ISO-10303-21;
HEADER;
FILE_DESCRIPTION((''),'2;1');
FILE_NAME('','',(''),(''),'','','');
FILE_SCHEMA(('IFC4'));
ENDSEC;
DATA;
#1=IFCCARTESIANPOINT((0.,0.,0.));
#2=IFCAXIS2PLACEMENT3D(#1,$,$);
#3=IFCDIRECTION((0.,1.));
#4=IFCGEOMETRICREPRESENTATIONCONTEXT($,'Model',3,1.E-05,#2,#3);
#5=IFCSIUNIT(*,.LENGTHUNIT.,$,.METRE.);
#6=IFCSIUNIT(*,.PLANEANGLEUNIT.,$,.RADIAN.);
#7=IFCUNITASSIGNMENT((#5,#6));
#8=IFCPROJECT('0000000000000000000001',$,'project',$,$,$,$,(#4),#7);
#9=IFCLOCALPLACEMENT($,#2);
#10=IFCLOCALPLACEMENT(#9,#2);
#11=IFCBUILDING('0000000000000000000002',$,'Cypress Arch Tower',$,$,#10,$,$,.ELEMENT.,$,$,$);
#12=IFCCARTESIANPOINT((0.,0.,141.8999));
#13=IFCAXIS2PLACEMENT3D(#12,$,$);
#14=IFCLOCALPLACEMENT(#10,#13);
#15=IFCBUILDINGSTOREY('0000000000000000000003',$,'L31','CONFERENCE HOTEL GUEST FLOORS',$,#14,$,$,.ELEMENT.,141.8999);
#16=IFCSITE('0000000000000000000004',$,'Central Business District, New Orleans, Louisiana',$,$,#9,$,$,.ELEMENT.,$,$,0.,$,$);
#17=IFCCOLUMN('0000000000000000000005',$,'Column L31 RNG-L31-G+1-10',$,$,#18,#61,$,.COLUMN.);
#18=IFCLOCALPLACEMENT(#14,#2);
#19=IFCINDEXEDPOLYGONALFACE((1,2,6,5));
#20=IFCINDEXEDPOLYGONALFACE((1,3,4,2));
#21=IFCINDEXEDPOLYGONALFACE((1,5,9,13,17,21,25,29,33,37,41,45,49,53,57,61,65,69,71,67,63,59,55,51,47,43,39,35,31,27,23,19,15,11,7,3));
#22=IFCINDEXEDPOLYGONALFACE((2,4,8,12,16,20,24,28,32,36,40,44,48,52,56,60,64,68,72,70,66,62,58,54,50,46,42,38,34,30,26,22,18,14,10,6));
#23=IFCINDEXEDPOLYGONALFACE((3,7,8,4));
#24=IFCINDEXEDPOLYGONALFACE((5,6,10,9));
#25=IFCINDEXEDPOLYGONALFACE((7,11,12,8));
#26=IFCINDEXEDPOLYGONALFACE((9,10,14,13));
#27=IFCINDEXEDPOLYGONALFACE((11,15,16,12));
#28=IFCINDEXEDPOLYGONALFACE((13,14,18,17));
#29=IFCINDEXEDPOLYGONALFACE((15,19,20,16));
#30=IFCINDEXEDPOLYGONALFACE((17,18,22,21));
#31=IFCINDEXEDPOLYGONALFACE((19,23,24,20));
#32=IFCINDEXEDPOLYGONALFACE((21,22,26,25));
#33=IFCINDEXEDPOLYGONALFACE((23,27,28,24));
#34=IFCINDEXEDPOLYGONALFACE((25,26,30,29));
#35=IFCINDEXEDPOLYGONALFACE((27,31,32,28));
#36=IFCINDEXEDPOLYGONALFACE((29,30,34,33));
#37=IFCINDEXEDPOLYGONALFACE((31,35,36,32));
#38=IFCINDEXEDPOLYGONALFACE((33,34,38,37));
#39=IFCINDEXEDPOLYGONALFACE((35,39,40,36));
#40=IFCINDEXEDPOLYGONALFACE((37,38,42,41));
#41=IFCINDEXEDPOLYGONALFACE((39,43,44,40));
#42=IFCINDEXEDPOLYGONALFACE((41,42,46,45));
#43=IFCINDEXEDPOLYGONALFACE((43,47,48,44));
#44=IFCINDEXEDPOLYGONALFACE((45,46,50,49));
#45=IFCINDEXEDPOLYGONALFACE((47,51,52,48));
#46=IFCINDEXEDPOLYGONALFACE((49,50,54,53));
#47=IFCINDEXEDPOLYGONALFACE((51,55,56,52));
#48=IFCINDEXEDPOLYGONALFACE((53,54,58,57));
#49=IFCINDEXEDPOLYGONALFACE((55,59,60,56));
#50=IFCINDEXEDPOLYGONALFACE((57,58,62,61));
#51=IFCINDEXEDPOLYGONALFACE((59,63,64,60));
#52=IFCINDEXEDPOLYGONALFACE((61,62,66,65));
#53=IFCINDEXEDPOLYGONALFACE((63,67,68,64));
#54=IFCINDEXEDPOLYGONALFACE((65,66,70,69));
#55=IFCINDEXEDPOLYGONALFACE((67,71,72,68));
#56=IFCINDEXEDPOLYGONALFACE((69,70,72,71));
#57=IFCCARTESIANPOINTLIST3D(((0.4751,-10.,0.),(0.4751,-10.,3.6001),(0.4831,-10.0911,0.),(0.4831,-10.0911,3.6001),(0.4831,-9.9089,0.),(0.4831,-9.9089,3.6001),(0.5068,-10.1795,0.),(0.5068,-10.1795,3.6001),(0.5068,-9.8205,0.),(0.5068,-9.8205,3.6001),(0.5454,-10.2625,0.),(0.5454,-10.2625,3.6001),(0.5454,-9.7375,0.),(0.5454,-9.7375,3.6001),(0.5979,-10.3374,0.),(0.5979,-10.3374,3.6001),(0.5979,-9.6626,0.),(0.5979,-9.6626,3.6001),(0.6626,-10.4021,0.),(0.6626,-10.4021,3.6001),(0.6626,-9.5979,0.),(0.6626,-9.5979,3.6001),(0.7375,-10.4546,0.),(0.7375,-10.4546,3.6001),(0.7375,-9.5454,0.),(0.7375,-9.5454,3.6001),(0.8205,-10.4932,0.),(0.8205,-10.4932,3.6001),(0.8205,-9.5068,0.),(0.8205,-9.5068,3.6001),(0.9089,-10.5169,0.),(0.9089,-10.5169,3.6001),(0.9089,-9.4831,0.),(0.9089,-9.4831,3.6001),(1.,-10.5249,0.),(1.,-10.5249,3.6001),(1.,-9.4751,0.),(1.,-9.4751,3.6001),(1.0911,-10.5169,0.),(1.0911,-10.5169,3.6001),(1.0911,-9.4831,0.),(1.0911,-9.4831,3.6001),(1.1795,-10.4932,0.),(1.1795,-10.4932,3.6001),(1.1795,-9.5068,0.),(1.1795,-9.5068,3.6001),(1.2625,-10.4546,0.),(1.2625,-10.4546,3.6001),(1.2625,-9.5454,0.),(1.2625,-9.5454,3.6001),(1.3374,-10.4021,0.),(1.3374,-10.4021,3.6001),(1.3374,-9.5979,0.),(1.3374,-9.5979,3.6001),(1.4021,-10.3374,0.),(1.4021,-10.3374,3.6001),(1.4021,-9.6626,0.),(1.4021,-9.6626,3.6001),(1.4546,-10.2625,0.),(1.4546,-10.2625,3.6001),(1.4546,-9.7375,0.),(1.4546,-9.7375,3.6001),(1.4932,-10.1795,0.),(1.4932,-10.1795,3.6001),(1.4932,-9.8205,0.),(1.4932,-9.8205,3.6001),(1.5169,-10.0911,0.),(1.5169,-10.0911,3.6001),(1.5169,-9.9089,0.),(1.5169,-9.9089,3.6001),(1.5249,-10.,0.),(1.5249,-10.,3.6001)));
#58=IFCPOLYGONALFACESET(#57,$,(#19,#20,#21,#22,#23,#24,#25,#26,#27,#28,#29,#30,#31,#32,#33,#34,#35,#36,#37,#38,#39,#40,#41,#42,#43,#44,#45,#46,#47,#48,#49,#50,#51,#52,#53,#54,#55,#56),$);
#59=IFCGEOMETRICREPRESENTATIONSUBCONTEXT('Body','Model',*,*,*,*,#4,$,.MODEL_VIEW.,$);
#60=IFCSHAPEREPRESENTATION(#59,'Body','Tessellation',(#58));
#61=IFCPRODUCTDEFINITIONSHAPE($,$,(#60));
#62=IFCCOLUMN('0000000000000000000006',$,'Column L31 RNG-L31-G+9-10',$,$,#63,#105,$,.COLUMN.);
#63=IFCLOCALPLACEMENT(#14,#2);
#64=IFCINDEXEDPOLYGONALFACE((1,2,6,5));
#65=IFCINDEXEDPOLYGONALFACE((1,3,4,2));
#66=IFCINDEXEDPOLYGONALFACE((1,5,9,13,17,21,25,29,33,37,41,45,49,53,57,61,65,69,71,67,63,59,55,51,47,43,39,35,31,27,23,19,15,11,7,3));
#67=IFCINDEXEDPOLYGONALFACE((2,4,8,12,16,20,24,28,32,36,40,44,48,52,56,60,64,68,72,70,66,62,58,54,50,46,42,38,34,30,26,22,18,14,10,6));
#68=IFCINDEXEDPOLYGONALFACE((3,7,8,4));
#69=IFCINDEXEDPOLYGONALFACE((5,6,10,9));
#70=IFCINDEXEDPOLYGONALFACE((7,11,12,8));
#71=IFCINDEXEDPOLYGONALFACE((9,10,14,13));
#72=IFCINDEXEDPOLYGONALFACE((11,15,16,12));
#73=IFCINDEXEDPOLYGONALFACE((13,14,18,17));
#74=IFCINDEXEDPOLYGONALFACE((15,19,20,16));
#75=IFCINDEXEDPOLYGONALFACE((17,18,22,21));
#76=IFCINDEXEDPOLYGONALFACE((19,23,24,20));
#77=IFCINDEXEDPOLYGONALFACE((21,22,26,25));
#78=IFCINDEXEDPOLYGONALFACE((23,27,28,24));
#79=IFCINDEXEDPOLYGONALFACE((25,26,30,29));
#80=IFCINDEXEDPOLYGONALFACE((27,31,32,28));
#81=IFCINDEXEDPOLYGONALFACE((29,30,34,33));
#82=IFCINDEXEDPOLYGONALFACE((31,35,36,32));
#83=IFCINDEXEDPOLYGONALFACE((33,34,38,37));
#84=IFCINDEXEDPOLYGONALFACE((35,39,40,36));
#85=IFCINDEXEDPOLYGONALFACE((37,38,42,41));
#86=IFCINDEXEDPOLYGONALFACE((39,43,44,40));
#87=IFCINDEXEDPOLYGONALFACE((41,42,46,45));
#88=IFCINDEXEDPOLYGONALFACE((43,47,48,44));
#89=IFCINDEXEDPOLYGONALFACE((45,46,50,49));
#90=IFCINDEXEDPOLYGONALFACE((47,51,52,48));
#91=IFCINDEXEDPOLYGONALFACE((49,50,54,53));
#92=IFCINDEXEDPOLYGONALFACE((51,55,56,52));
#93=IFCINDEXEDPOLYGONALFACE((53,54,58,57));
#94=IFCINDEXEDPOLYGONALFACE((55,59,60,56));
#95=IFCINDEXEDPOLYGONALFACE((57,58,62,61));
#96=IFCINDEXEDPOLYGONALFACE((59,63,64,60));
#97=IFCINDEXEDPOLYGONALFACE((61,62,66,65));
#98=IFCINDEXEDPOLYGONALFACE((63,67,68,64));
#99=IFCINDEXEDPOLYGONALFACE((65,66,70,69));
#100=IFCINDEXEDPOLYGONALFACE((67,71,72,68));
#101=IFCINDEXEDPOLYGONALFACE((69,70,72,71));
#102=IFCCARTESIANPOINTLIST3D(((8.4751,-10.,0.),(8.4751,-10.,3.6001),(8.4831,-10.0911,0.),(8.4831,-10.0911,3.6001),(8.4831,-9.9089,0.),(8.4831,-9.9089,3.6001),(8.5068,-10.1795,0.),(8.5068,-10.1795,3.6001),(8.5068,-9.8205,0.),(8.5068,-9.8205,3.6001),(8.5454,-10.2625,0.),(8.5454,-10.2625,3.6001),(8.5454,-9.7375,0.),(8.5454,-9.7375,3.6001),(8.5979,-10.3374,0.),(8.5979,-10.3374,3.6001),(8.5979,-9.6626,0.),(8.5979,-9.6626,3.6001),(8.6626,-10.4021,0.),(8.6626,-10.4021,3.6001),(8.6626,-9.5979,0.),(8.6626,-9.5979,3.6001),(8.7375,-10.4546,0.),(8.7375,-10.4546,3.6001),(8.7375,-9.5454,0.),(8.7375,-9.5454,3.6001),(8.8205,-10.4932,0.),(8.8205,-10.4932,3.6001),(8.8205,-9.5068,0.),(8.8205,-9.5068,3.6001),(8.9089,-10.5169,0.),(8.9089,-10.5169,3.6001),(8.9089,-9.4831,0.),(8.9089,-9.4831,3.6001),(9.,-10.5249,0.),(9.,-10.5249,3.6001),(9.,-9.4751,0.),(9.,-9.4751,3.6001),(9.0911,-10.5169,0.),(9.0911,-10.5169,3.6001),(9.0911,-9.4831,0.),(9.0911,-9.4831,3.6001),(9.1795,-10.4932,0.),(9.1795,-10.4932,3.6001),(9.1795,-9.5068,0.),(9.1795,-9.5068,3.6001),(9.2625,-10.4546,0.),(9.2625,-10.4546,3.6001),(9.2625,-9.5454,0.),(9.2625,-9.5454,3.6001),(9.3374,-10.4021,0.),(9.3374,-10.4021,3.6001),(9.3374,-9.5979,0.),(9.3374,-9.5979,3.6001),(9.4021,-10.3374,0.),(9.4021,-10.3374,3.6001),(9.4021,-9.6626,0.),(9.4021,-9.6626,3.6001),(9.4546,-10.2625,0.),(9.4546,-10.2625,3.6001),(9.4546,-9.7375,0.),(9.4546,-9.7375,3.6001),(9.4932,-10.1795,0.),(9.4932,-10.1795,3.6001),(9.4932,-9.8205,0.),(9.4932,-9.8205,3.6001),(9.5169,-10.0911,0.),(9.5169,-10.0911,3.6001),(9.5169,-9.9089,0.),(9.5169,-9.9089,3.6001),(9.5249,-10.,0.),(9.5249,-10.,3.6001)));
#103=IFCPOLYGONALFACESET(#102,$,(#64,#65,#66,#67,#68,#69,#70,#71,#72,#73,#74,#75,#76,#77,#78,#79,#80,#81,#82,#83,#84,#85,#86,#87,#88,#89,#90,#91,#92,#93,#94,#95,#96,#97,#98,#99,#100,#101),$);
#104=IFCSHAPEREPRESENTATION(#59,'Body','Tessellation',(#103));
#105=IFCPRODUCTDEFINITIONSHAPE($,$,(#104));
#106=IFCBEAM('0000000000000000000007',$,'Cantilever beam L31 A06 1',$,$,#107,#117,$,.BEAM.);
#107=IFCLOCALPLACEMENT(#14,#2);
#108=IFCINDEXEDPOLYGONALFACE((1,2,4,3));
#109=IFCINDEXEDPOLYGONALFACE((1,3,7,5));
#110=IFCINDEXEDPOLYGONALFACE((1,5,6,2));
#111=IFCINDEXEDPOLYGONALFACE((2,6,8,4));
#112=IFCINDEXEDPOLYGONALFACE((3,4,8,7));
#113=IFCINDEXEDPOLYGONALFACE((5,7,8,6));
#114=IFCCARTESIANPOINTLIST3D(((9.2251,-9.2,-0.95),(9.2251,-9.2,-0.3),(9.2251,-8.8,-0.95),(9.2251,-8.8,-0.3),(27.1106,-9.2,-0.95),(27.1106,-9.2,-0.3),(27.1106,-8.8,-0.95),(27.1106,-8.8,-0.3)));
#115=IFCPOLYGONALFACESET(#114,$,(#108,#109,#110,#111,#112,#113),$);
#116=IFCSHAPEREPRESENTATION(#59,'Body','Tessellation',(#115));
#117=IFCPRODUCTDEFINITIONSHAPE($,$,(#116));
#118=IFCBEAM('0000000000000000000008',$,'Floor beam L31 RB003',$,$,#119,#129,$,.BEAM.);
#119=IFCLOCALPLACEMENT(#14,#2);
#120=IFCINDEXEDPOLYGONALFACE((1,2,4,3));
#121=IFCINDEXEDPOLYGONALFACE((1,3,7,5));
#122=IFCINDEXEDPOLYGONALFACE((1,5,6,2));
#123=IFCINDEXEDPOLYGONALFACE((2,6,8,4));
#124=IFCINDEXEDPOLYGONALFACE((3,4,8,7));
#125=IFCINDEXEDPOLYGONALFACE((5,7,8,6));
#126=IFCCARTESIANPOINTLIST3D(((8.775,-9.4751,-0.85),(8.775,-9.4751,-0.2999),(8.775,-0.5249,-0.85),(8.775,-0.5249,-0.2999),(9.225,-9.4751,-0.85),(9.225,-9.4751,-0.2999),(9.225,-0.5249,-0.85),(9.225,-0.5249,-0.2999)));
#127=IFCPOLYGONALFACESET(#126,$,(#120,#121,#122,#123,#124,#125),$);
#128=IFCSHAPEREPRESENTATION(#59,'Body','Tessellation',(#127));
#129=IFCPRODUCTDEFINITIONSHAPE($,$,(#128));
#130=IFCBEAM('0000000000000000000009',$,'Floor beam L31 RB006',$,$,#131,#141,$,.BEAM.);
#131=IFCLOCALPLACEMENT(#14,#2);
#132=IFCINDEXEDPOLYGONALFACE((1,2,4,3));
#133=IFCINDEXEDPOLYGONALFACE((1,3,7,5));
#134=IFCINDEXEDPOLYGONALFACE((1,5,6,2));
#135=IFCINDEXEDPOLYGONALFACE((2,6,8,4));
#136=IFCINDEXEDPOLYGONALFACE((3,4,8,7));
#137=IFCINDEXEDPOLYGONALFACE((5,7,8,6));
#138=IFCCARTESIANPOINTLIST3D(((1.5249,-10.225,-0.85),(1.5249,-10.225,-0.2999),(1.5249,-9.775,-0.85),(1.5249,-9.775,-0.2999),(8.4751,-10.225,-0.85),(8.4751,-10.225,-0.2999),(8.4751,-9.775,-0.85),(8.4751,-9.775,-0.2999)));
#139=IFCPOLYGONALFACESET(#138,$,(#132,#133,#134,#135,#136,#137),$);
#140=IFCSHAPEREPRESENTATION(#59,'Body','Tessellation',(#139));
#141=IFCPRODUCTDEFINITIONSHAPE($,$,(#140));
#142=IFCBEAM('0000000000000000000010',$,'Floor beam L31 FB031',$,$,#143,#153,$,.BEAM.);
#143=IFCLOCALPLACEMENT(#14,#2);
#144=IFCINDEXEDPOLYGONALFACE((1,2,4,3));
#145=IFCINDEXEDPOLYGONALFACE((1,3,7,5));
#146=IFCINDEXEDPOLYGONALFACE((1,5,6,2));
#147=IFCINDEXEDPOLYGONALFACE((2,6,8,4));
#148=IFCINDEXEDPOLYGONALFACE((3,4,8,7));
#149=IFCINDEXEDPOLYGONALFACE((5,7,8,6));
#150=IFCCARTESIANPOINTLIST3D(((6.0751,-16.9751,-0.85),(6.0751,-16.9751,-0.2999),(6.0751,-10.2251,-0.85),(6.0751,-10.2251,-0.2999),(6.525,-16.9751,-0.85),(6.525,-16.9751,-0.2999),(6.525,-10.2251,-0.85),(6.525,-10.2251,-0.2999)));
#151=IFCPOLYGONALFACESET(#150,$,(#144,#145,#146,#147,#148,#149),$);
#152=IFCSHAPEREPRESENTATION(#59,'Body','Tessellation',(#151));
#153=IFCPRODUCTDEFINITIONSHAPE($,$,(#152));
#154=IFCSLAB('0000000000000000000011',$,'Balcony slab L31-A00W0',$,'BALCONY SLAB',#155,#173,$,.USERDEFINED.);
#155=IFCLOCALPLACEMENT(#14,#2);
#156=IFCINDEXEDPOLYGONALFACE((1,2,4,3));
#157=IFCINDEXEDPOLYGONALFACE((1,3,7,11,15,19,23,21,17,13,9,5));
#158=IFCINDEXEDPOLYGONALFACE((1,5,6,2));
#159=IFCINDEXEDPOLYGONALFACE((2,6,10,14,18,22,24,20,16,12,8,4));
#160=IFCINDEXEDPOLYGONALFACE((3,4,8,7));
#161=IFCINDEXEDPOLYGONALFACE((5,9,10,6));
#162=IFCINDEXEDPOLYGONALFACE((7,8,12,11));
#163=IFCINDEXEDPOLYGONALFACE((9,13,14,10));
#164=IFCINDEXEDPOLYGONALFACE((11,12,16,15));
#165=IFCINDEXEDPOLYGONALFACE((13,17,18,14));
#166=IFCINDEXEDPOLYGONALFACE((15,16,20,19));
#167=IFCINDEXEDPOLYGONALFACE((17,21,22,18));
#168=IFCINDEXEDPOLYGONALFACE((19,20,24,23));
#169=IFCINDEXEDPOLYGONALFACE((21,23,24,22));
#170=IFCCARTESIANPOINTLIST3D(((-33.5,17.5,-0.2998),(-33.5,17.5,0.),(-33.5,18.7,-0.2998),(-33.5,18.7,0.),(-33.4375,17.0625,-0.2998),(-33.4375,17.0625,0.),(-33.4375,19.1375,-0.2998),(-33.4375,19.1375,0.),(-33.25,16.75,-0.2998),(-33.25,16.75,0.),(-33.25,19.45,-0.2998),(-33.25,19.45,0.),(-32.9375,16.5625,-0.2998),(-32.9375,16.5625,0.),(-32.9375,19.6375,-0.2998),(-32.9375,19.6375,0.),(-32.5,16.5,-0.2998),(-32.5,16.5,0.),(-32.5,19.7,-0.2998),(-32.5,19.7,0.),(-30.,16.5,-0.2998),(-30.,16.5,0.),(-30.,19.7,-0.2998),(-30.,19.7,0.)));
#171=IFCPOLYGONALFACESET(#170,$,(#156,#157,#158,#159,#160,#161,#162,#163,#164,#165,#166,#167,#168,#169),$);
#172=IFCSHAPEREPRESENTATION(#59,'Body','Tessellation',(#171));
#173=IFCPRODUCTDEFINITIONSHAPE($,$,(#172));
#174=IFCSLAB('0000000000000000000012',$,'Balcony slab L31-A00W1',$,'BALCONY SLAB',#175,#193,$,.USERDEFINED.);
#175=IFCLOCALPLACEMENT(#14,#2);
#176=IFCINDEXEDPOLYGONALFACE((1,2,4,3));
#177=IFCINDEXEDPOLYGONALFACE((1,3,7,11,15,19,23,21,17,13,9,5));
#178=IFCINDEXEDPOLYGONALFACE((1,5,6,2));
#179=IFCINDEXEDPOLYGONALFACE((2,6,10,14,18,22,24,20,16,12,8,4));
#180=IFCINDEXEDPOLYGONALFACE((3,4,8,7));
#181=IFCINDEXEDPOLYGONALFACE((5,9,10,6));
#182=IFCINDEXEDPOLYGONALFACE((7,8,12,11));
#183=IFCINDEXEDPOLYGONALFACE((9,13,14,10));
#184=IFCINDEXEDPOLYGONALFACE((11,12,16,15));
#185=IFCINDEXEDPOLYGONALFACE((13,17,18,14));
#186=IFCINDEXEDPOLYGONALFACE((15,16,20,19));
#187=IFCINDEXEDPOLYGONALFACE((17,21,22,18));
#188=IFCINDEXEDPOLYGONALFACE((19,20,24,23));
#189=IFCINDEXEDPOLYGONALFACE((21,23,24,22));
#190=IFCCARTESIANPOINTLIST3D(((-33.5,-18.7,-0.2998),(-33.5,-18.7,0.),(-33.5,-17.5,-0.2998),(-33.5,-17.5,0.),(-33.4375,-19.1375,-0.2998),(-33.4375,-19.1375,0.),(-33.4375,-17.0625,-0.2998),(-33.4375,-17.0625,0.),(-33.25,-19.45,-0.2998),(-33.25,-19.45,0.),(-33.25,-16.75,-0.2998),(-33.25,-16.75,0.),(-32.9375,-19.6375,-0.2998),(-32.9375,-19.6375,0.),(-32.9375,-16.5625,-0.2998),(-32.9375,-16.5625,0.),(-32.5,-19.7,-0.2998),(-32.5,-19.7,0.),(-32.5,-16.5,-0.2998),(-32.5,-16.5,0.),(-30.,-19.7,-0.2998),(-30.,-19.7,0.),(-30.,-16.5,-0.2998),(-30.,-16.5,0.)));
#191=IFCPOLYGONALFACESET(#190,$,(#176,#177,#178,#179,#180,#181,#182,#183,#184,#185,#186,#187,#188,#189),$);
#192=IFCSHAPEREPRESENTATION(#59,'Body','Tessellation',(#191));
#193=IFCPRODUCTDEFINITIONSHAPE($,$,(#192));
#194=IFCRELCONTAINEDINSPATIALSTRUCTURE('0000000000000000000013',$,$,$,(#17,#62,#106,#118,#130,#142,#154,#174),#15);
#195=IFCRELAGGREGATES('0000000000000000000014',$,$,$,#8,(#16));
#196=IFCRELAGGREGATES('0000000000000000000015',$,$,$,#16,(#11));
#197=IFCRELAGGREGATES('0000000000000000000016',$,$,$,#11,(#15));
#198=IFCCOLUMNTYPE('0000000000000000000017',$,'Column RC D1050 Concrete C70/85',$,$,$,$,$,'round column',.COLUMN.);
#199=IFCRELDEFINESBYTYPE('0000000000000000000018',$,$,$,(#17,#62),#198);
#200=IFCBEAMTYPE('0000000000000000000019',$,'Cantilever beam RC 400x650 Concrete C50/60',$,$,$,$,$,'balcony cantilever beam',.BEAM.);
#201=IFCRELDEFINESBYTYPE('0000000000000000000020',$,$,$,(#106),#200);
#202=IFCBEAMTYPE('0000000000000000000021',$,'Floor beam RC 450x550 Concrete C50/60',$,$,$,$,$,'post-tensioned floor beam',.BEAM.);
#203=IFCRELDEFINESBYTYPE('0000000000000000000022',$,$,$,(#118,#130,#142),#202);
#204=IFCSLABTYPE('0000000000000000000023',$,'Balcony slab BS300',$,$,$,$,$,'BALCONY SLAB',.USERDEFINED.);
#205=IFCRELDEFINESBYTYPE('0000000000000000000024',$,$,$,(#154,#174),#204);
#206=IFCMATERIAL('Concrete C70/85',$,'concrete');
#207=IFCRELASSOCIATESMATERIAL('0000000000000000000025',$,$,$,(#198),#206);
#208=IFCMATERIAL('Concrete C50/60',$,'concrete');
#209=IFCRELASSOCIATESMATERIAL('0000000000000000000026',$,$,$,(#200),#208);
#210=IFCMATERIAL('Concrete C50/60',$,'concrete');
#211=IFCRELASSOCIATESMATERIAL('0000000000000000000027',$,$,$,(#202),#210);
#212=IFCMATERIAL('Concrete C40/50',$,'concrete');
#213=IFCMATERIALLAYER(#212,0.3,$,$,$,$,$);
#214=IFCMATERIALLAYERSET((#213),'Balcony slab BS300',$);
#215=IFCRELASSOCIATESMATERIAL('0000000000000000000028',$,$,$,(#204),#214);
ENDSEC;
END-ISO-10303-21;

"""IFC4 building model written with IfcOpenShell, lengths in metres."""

from ifc_helpers import new_model, si_unit, direction, frame, origin, origin_2d, place, context, subcontext, project, spatial, polyline, rectangle, circle, outline, extrude, material, layer, layer_set, material_profile, profile_set, type_object, element, save


model = new_model("IFC4")

# Units and contexts
model_context = context("Model", 3, precision=1e-05, world=origin(), true_north=direction((0.0, 1.0)))
body_context = subcontext(model_context, "Body", "Model", "MODEL_VIEW")
ifc_project = project(units=[si_unit("LENGTHUNIT", "METRE"), si_unit("PLANEANGLEUNIT", "RADIAN")], contexts=[model_context])

# Site, building, storey
site_placement = place(None, origin())
site = spatial("IfcSite", under=ifc_project, at=site_placement, Name="Central Business District, New Orleans, Louisiana", CompositionType="ELEMENT", RefElevation=0.0)
building_placement = place(site_placement, origin())
building = spatial("IfcBuilding", under=site, at=building_placement, Name="Cypress Arch Tower", CompositionType="ELEMENT")
storey_placement = place(building_placement, frame((0.0, 0.0, 141.8999)))
storey = spatial("IfcBuildingStorey", under=building, at=storey_placement, Name="L31", Description="CONFERENCE HOTEL GUEST FLOORS", CompositionType="ELEMENT", Elevation=141.8999)

# Columns
ifc_material_1 = material(Name="Concrete C70/85", Category="concrete")
ifc_material_profile_1 = material_profile(ifc_material_1, circle(Radius=0.5249, at=origin_2d()), Name="RC D1050")
ifc_profile_set_1 = profile_set([ifc_material_profile_1], Name="Concrete C70/85")
column_type = type_object("IfcColumnType", Name="Column RC D1050 Concrete C70/85", ElementType="round column", PredefinedType="COLUMN", material=ifc_profile_set_1)
for number, where, z_axis, x_axis, name in (
    (1, (1.0, -10.0, 0.0), (0.0, 0.0, 1.0), (1.0, 0.0, 0.0), "Column L31 RNG-L31-G+1-10"),
    (2, (9.0, -10.0, 0.0), (0.0, 0.0, 1.0), (1.0, 0.0, 0.0), "Column L31 RNG-L31-G+9-10"),
):
    element("IfcColumn", number, at=place(storey_placement, frame(where, z_axis=z_axis, x_axis=x_axis)), inside=storey, type_object=column_type, Name=name, PredefinedType="COLUMN", context=body_context, shape_type="SweptSolid", body=[
        extrude(circle(Radius=0.5249, at=origin_2d()), origin(), (0.0, 0.0, 1.0), 3.6001),
    ])

# Beams
ifc_material_2 = material(Name="Concrete C50/60", Category="concrete")
ifc_material_profile_2 = material_profile(ifc_material_2, rectangle(XDim=0.3999, YDim=0.6499, at=origin_2d()), Name="RC 400x650")
ifc_profile_set_2 = profile_set([ifc_material_profile_2], Name="Concrete C50/60")
beam_type_1 = type_object("IfcBeamType", Name="Cantilever beam RC 400x650 Concrete C50/60", ElementType="balcony cantilever beam", PredefinedType="BEAM", material=ifc_profile_set_2)
beam_1_placement = place(storey_placement, frame((9.2251, -9.0, -0.625), z_axis=(1.0, 0.0, 0.0), x_axis=(0.0, 1.0, 0.0)))
element("IfcBeam", 3, at=beam_1_placement, inside=storey, type_object=beam_type_1, Name="Cantilever beam L31 A06 1", PredefinedType="BEAM", context=body_context, shape_type="SweptSolid", body=[
    extrude(rectangle(XDim=0.3999, YDim=0.6499, at=origin_2d()), origin(), (0.0, 0.0, 1.0), 17.8855),
])
ifc_material_3 = material(Name="Concrete C50/60", Category="concrete")
ifc_material_profile_3 = material_profile(ifc_material_3, rectangle(XDim=0.45, YDim=0.55, at=origin_2d()), Name="RC 450x550")
ifc_profile_set_3 = profile_set([ifc_material_profile_3], Name="Concrete C50/60")
beam_type_2 = type_object("IfcBeamType", Name="Floor beam RC 450x550 Concrete C50/60", ElementType="post-tensioned floor beam", PredefinedType="BEAM", material=ifc_profile_set_3)
beam_2_placement = place(storey_placement, frame((9.0, -9.4751, -0.575), z_axis=(0.0, 1.0, 0.0), x_axis=(-1.0, 0.0, 0.0)))
element("IfcBeam", 4, at=beam_2_placement, inside=storey, type_object=beam_type_2, Name="Floor beam L31 RB003", PredefinedType="BEAM", context=body_context, shape_type="SweptSolid", body=[
    extrude(rectangle(XDim=0.45, YDim=0.55, at=origin_2d()), origin(), (0.0, 0.0, 1.0), 8.9502),
])
beam_3_placement = place(storey_placement, frame((1.5249, -10.0, -0.575), z_axis=(1.0, 0.0, 0.0), x_axis=(0.0, 1.0, 0.0)))
element("IfcBeam", 5, at=beam_3_placement, inside=storey, type_object=beam_type_2, Name="Floor beam L31 RB006", PredefinedType="BEAM", context=body_context, shape_type="SweptSolid", body=[
    extrude(rectangle(XDim=0.45, YDim=0.55, at=origin_2d()), origin(), (0.0, 0.0, 1.0), 6.9502),
])
beam_4_placement = place(storey_placement, frame((6.3, -16.9751, -0.575), z_axis=(0.0, 1.0, 0.0), x_axis=(-1.0, 0.0, 0.0)))
element("IfcBeam", 6, at=beam_4_placement, inside=storey, type_object=beam_type_2, Name="Floor beam L31 FB031", PredefinedType="BEAM", context=body_context, shape_type="SweptSolid", body=[
    extrude(rectangle(XDim=0.45, YDim=0.55, at=origin_2d()), origin(), (0.0, 0.0, 1.0), 6.75),
])

# Slabs
ifc_material_4 = material(Name="Concrete C40/50", Category="concrete")
ifc_layer_1 = layer(ifc_material_4, 0.3)
ifc_layer_set_1 = layer_set([ifc_layer_1], Name="Balcony slab BS300")
slab_type_1 = type_object("IfcSlabType", Name="Balcony slab BS300", ElementType="BALCONY SLAB", PredefinedType="USERDEFINED", material=ifc_layer_set_1)
slab_1_placement = place(storey_placement, frame((0.0, 0.0, -0.2998)))
element("IfcSlab", 7, at=slab_1_placement, inside=storey, type_object=slab_type_1, Name="Balcony slab L31-A00W0", ObjectType="BALCONY SLAB", PredefinedType="USERDEFINED", context=body_context, shape_type="SweptSolid", body=[
    extrude(outline(polyline([(-30.0, 19.7), (-32.5, 19.7), (-32.9375, 19.6375), (-33.25, 19.45), (-33.4375, 19.1375), (-33.5, 18.7), (-33.5, 17.5), (-33.4375, 17.0625), (-33.25, 16.75), (-32.9375, 16.5625), (-32.5, 16.5), (-30.0, 16.5), (-30.0, 19.7)])), origin(), (0.0, 0.0, 1.0), 0.2998),
])
slab_2_placement = place(storey_placement, frame((0.0, 0.0, -0.2998)))
element("IfcSlab", 8, at=slab_2_placement, inside=storey, type_object=slab_type_1, Name="Balcony slab L31-A00W1", ObjectType="BALCONY SLAB", PredefinedType="USERDEFINED", context=body_context, shape_type="SweptSolid", body=[
    extrude(outline(polyline([(-30.0, -16.5), (-32.5, -16.5), (-32.9375, -16.5625), (-33.25, -16.75), (-33.4375, -17.0625), (-33.5, -17.5), (-33.5, -18.7), (-33.4375, -19.1375), (-33.25, -19.45), (-32.9375, -19.6375), (-32.5, -19.7), (-30.0, -19.7), (-30.0, -16.5)])), origin(), (0.0, 0.0, 1.0), 0.2998),
])

save(model, "model.ifc")
